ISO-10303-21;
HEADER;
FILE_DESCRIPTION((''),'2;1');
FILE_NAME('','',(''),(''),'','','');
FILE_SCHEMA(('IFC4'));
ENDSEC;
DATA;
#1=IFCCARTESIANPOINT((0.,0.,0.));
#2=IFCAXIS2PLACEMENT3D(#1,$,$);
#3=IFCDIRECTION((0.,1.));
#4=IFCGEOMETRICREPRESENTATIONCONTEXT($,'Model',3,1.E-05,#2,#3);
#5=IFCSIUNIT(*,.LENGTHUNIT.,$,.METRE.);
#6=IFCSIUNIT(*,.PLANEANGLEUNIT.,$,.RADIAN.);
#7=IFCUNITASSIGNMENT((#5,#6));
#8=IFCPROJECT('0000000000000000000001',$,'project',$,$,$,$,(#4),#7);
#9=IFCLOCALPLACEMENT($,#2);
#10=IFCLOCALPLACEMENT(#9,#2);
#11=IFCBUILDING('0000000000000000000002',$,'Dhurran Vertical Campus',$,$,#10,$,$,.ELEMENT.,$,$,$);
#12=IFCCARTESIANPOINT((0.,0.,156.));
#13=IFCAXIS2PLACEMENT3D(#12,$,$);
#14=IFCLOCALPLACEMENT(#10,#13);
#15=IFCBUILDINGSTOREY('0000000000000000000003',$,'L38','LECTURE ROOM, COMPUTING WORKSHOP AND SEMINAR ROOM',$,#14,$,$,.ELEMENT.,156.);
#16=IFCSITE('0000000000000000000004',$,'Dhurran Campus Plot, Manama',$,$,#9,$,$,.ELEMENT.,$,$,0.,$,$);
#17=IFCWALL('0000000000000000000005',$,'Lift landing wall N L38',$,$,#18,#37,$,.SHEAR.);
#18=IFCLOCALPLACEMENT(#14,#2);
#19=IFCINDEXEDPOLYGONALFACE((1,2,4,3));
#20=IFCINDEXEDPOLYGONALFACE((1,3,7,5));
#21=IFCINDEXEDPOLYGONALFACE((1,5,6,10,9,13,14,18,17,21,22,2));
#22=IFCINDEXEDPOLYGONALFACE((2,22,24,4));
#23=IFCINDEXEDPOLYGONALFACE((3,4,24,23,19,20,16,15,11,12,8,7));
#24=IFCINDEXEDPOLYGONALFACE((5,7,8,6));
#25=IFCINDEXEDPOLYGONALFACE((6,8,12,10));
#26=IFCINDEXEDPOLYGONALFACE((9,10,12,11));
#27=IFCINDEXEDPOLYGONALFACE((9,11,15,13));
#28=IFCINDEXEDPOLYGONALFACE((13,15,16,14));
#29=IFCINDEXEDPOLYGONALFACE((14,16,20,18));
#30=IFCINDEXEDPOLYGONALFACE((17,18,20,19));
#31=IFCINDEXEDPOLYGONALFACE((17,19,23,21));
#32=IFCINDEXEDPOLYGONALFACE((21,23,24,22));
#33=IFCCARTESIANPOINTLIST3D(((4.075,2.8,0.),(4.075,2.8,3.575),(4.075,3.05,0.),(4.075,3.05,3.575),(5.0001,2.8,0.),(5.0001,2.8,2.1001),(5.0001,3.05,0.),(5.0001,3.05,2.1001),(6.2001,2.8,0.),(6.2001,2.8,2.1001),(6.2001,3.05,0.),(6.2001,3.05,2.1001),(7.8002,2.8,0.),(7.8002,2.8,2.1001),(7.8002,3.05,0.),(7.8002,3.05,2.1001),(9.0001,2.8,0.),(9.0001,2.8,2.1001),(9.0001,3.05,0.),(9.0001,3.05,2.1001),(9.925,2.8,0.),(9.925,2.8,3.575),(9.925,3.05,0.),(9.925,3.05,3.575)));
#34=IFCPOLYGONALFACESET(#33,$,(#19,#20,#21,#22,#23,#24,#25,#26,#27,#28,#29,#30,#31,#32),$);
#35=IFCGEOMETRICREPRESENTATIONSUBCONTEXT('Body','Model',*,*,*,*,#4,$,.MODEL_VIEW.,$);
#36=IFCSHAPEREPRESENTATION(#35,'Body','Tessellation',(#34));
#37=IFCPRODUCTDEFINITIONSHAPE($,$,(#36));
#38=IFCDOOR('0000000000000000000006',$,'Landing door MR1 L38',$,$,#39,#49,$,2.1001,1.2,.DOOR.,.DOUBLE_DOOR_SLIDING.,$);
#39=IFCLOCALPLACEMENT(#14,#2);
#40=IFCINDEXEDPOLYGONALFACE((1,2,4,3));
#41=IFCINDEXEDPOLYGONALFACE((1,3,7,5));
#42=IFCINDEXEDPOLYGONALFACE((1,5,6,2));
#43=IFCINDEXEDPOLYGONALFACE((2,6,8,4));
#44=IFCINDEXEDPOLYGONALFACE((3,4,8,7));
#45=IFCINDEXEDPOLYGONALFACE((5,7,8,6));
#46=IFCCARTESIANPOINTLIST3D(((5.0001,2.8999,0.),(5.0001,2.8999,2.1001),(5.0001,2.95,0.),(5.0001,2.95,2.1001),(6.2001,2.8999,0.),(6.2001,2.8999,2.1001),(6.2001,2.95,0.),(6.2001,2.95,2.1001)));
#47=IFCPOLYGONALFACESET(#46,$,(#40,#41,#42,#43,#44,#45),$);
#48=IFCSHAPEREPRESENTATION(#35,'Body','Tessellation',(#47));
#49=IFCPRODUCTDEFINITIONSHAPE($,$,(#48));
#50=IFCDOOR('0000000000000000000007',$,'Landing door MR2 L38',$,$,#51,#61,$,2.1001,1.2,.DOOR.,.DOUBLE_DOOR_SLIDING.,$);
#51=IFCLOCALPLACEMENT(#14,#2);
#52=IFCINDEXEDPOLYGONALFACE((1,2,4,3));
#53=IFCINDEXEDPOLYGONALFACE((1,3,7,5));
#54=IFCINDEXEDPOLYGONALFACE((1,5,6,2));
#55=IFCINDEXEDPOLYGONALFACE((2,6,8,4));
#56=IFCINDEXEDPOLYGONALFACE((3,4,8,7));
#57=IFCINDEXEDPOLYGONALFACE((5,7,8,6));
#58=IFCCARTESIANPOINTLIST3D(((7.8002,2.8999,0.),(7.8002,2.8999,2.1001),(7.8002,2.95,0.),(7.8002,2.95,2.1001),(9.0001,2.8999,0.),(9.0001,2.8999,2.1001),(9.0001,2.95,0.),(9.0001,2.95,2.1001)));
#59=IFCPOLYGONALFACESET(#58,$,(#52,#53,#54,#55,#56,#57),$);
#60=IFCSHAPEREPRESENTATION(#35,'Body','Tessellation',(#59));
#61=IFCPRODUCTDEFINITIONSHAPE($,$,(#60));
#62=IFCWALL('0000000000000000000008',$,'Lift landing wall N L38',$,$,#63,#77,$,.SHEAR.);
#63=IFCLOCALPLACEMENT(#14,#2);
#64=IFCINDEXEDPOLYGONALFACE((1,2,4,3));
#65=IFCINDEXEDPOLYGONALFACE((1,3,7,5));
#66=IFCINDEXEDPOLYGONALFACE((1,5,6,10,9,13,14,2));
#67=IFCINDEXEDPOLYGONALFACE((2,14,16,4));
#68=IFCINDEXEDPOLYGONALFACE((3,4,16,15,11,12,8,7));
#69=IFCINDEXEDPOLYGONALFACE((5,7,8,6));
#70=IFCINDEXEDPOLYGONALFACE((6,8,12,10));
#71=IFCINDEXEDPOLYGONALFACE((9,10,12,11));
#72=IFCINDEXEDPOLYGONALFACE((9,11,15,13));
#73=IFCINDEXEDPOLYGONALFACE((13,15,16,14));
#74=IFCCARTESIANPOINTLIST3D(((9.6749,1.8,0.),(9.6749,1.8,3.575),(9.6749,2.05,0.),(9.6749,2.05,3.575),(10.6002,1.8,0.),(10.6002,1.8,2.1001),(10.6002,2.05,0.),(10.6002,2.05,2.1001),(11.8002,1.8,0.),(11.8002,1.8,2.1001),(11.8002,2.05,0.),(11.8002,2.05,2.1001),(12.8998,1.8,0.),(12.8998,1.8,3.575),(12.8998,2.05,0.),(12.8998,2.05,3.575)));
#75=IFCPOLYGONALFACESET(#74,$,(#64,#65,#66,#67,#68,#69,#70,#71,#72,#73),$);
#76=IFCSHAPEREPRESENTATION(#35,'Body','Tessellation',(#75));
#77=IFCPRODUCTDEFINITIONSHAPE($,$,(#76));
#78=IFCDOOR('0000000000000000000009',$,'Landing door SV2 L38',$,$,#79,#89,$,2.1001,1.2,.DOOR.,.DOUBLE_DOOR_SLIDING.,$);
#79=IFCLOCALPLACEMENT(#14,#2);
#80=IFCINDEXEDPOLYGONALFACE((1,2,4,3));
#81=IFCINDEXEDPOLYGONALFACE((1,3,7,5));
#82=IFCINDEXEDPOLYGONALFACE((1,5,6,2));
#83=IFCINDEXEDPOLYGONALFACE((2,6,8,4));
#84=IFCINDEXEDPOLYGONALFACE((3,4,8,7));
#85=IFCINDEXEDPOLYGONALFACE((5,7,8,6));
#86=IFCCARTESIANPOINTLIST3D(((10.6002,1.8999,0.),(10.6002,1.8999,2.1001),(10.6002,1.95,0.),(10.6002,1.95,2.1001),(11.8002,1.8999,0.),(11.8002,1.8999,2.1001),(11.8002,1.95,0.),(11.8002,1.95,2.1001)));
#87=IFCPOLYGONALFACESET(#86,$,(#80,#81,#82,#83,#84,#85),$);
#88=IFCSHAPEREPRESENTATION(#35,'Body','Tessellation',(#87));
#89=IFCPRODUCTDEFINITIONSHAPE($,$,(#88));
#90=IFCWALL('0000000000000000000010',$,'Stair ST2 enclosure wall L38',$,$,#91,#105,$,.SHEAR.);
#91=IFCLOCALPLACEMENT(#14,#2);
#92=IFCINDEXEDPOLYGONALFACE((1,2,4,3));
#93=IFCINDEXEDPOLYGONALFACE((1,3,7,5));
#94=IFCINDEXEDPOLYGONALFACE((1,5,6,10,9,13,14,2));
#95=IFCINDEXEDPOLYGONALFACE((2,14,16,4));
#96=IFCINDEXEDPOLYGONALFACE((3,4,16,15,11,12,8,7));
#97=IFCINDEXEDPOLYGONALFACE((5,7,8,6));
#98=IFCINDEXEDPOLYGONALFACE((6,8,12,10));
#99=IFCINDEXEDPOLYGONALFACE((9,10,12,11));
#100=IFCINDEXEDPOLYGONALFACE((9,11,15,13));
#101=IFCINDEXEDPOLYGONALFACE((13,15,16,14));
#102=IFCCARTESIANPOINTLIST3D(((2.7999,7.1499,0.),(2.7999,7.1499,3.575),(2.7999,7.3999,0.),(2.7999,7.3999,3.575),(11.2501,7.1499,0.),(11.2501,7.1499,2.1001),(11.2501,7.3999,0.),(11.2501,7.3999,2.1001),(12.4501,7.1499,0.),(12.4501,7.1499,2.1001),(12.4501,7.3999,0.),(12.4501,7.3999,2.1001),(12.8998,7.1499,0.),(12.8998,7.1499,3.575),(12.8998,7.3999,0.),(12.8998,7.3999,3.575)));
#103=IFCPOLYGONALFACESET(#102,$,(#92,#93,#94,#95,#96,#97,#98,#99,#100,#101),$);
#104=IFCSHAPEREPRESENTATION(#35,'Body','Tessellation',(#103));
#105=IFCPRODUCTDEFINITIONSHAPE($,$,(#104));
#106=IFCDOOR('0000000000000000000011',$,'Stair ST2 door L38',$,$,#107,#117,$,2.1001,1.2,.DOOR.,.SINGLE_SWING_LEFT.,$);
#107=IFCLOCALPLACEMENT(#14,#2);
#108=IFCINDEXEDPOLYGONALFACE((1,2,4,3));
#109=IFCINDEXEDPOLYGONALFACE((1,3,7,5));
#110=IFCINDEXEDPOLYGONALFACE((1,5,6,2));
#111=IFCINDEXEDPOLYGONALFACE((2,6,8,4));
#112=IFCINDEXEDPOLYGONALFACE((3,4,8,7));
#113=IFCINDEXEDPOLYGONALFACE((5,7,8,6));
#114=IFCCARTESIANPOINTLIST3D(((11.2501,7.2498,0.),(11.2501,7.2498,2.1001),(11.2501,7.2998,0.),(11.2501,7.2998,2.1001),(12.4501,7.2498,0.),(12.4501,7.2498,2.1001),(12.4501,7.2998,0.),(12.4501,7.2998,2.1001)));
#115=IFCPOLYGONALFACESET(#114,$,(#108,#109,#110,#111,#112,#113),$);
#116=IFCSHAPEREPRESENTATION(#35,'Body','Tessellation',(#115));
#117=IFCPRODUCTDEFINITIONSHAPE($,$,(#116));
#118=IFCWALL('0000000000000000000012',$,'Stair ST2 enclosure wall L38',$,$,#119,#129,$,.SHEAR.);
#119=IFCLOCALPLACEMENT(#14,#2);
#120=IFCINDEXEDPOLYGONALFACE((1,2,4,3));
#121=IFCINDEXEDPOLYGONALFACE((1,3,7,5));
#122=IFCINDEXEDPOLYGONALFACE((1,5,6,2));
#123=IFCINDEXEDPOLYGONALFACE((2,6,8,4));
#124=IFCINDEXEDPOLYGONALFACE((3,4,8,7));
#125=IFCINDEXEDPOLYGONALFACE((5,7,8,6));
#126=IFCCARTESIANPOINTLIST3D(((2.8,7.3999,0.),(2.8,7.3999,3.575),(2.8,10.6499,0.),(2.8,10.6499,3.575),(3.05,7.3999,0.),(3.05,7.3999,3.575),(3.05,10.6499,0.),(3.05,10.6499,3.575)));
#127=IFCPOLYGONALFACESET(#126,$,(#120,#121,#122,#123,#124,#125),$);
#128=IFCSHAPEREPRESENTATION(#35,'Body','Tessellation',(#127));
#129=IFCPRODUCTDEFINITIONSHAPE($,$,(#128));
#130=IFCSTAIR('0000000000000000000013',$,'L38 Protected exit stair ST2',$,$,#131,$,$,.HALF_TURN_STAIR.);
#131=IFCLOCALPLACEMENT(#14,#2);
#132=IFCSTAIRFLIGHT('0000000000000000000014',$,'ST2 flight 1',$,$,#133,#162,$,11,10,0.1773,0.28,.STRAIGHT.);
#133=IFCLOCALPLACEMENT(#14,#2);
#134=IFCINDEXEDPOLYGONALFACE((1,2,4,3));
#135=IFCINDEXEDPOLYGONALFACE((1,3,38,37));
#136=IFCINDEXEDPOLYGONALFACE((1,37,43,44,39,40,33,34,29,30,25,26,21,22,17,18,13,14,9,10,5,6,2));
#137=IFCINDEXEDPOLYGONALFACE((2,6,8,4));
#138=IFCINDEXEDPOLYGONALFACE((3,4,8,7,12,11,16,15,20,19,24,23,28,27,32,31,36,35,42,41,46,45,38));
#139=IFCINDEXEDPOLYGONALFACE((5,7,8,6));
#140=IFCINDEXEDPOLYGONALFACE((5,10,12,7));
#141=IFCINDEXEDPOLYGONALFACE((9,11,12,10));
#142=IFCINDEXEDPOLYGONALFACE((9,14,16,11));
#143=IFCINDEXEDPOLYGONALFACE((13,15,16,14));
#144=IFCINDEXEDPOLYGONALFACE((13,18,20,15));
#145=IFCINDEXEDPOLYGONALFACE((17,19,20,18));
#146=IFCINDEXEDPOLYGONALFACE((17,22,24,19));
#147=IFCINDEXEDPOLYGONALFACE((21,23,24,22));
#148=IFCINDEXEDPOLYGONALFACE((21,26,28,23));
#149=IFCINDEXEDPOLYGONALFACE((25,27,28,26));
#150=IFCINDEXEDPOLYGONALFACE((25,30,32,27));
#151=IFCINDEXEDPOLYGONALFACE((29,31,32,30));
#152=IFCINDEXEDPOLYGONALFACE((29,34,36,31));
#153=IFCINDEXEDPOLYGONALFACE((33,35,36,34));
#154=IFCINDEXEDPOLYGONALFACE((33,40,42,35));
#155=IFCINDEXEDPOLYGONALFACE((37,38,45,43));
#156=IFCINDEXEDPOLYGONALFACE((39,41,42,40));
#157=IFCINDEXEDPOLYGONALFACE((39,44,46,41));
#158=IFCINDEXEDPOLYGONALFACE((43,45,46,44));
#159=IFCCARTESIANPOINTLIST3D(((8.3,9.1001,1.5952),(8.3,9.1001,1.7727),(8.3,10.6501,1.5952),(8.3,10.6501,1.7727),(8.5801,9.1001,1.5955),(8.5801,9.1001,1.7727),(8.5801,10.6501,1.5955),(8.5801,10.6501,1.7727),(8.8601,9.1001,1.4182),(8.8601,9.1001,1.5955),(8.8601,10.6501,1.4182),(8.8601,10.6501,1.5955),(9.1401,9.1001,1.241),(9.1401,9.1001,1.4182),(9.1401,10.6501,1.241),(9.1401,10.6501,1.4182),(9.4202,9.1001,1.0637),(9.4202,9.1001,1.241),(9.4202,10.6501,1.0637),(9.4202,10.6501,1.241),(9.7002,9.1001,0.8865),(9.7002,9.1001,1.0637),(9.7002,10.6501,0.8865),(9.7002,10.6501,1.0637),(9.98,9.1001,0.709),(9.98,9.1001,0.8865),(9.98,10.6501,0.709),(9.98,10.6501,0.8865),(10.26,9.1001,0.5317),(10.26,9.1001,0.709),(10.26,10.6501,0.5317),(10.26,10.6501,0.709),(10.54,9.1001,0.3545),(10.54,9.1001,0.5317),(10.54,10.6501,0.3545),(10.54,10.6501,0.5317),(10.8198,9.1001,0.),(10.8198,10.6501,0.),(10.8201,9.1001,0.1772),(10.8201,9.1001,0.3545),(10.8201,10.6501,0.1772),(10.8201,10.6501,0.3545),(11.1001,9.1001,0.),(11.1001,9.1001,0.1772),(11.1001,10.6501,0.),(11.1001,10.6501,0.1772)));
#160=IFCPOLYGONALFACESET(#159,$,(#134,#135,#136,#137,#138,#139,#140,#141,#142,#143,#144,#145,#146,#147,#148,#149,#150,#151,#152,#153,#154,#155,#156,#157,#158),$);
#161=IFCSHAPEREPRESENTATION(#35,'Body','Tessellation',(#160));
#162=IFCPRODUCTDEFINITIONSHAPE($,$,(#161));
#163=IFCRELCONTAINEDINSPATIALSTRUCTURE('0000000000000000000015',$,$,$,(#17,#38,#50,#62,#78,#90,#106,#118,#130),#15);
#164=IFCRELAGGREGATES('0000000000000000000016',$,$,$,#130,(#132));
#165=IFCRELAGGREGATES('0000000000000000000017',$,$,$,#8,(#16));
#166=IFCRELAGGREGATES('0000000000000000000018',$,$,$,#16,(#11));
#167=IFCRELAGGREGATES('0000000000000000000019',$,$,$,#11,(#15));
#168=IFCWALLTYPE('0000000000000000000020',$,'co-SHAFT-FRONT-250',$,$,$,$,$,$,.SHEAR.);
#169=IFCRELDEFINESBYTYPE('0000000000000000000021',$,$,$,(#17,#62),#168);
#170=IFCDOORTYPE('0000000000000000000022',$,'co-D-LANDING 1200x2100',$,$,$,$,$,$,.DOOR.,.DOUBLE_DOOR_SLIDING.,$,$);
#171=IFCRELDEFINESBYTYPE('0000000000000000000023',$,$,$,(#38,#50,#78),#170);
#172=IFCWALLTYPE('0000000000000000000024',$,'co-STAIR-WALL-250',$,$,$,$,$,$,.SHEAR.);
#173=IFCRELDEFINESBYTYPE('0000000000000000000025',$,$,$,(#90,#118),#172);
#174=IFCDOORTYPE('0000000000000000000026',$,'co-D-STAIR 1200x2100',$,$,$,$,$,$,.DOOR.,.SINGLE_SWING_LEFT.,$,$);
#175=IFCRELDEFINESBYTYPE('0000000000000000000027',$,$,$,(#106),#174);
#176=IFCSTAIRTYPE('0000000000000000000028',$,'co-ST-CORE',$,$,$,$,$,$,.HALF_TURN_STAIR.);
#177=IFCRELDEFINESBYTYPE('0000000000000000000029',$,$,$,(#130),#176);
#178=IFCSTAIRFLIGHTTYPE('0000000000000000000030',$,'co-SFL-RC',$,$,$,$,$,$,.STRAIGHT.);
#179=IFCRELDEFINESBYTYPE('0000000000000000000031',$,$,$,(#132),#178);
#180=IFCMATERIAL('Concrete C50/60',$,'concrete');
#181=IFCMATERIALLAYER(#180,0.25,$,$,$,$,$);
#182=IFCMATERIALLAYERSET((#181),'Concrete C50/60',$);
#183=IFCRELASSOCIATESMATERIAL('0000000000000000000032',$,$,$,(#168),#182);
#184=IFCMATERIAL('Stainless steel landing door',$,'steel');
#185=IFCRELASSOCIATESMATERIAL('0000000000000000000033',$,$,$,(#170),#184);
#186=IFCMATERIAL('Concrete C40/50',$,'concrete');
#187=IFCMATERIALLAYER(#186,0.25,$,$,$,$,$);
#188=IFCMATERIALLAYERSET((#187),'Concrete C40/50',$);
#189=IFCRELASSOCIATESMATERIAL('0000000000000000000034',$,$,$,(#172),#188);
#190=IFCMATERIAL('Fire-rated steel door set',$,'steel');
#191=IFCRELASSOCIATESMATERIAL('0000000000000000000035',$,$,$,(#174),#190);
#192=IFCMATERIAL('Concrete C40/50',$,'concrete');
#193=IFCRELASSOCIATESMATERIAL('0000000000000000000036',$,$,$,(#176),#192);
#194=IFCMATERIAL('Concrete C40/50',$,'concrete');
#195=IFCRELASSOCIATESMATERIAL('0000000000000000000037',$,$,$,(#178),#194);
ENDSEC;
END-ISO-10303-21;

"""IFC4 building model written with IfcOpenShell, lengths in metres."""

from ifc_helpers import new_model, si_unit, direction, frame, frame_2d, origin, place, context, subcontext, project, spatial, polyline, rectangle, outline, extrude, material, layer, layer_set, type_object, element, fill, aggregate, save


model = new_model("IFC4")

# Units and contexts
model_context = context("Model", 3, precision=1e-05, world=origin(), true_north=direction((0.0, 1.0)))
body_context = subcontext(model_context, "Body", "Model", "MODEL_VIEW")
ifc_project = project(units=[si_unit("LENGTHUNIT", "METRE"), si_unit("PLANEANGLEUNIT", "RADIAN")], contexts=[model_context])

# Site, building, storey
site_placement = place(None, origin())
site = spatial("IfcSite", under=ifc_project, at=site_placement, Name="Dhurran Campus Plot, Manama", CompositionType="ELEMENT", RefElevation=0.0)
building_placement = place(site_placement, origin())
building = spatial("IfcBuilding", under=site, at=building_placement, Name="Dhurran Vertical Campus", CompositionType="ELEMENT")
storey_placement = place(building_placement, frame((0.0, 0.0, 156.0)))
storey = spatial("IfcBuildingStorey", under=building, at=storey_placement, Name="L38", Description="LECTURE ROOM, COMPUTING WORKSHOP AND SEMINAR ROOM", CompositionType="ELEMENT", Elevation=156.0)

# Wall, openings, doors
ifc_material_1 = material(Name="Concrete C50/60", Category="concrete")
ifc_layer_1 = layer(ifc_material_1, 0.25)
ifc_layer_set_1 = layer_set([ifc_layer_1], Name="Concrete C50/60")
wall_type_1 = type_object("IfcWallType", Name="co-SHAFT-FRONT-250", PredefinedType="SHEAR", material=ifc_layer_set_1)
wall_1_placement = place(storey_placement, frame((4.075, 2.925, 0.0), z_axis=(0.0, 0.0, 1.0), x_axis=(1.0, 0.0, 0.0)))
wall_1 = element("IfcWall", 1, at=wall_1_placement, inside=storey, type_object=wall_type_1, Name="Lift landing wall N L38", PredefinedType="SHEAR", context=body_context, shape_type="SweptSolid", body=[
    extrude(rectangle(XDim=5.8501, YDim=0.25, at=frame_2d((2.925, 0.0))), origin(), (0.0, 0.0, 1.0), 3.575),
])
opening_1_placement = place(wall_1_placement, frame((0.925, 0.0, 0.0)))
opening_1 = element("IfcOpeningElement", 2, at=opening_1_placement, cuts=wall_1, PredefinedType="OPENING", context=body_context, shape_type="SweptSolid", body=[
    extrude(rectangle(XDim=1.2, YDim=2.1001, at=frame_2d((0.6001, 1.05))), frame((0.0, 0.135, 0.0), z_axis=(0.0, -1.0, 0.0), x_axis=(1.0, 0.0, 0.0)), (0.0, 0.0, 1.0), 0.27),
])
opening_2_placement = place(wall_1_placement, frame((3.7251, 0.0, 0.0)))
opening_2 = element("IfcOpeningElement", 3, at=opening_2_placement, cuts=wall_1, PredefinedType="OPENING", context=body_context, shape_type="SweptSolid", body=[
    extrude(rectangle(XDim=1.2, YDim=2.1001, at=frame_2d((0.6001, 1.05))), frame((0.0, 0.135, 0.0), z_axis=(0.0, -1.0, 0.0), x_axis=(1.0, 0.0, 0.0)), (0.0, 0.0, 1.0), 0.27),
])
ifc_material_2 = material(Name="Stainless steel landing door", Category="steel")
door_type_1 = type_object("IfcDoorType", Name="co-D-LANDING 1200x2100", OperationType="DOUBLE_DOOR_SLIDING", PredefinedType="DOOR", material=ifc_material_2)
door_1_placement = place(opening_1_placement, origin())
door_1 = element("IfcDoor", 4, at=door_1_placement, inside=storey, type_object=door_type_1, Name="Landing door MR1 L38", OperationType="DOUBLE_DOOR_SLIDING", OverallHeight=2.1001, OverallWidth=1.2, PredefinedType="DOOR", context=body_context, shape_type="SweptSolid", body=[
    extrude(rectangle(XDim=1.2, YDim=2.1001, at=frame_2d((0.6001, 1.05))), frame((0.0, 0.0249, 0.0), z_axis=(0.0, -1.0, 0.0), x_axis=(1.0, 0.0, 0.0)), (0.0, 0.0, 1.0), 0.05),
])
fill(opening_1, door_1)
door_2_placement = place(opening_2_placement, origin())
door_2 = element("IfcDoor", 5, at=door_2_placement, inside=storey, type_object=door_type_1, Name="Landing door MR2 L38", OperationType="DOUBLE_DOOR_SLIDING", OverallHeight=2.1001, OverallWidth=1.2, PredefinedType="DOOR", context=body_context, shape_type="SweptSolid", body=[
    extrude(rectangle(XDim=1.2, YDim=2.1001, at=frame_2d((0.6001, 1.05))), frame((0.0, 0.0249, 0.0), z_axis=(0.0, -1.0, 0.0), x_axis=(1.0, 0.0, 0.0)), (0.0, 0.0, 1.0), 0.05),
])
fill(opening_2, door_2)

# Walls, openings, doors
wall_2_placement = place(storey_placement, frame((9.675, 1.925, 0.0), z_axis=(0.0, 0.0, 1.0), x_axis=(1.0, 0.0, 0.0)))
wall_2 = element("IfcWall", 6, at=wall_2_placement, inside=storey, type_object=wall_type_1, Name="Lift landing wall N L38", PredefinedType="SHEAR", context=body_context, shape_type="SweptSolid", body=[
    extrude(rectangle(XDim=3.2249, YDim=0.25, at=frame_2d((1.6123, 0.0))), origin(), (0.0, 0.0, 1.0), 3.575),
])
opening_3_placement = place(wall_2_placement, frame((0.925, 0.0, 0.0)))
opening_3 = element("IfcOpeningElement", 7, at=opening_3_placement, cuts=wall_2, PredefinedType="OPENING", context=body_context, shape_type="SweptSolid", body=[
    extrude(rectangle(XDim=1.2, YDim=2.1001, at=frame_2d((0.6001, 1.05))), frame((0.0, 0.135, 0.0), z_axis=(0.0, -1.0, 0.0), x_axis=(1.0, 0.0, 0.0)), (0.0, 0.0, 1.0), 0.27),
])
door_3_placement = place(opening_3_placement, origin())
door_3 = element("IfcDoor", 8, at=door_3_placement, inside=storey, type_object=door_type_1, Name="Landing door SV2 L38", OperationType="DOUBLE_DOOR_SLIDING", OverallHeight=2.1001, OverallWidth=1.2, PredefinedType="DOOR", context=body_context, shape_type="SweptSolid", body=[
    extrude(rectangle(XDim=1.2, YDim=2.1001, at=frame_2d((0.6001, 1.05))), frame((0.0, 0.0249, 0.0), z_axis=(0.0, -1.0, 0.0), x_axis=(1.0, 0.0, 0.0)), (0.0, 0.0, 1.0), 0.05),
])
fill(opening_3, door_3)
ifc_material_3 = material(Name="Concrete C40/50", Category="concrete")
ifc_layer_2 = layer(ifc_material_3, 0.25)
ifc_layer_set_2 = layer_set([ifc_layer_2], Name="Concrete C40/50")
wall_type_2 = type_object("IfcWallType", Name="co-STAIR-WALL-250", PredefinedType="SHEAR", material=ifc_layer_set_2)
wall_3_placement = place(storey_placement, frame((2.8, 7.2749, 0.0), z_axis=(0.0, 0.0, 1.0), x_axis=(1.0, 0.0, 0.0)))
wall_3 = element("IfcWall", 9, at=wall_3_placement, inside=storey, type_object=wall_type_2, Name="Stair ST2 enclosure wall L38", PredefinedType="SHEAR", context=body_context, shape_type="SweptSolid", body=[
    extrude(rectangle(XDim=10.0999, YDim=0.25, at=frame_2d((5.0498, 0.0))), origin(), (0.0, 0.0, 1.0), 3.575),
])
opening_4_placement = place(wall_3_placement, frame((8.45, 0.0, 0.0)))
opening_4 = element("IfcOpeningElement", 10, at=opening_4_placement, cuts=wall_3, PredefinedType="OPENING", context=body_context, shape_type="SweptSolid", body=[
    extrude(rectangle(XDim=1.2, YDim=2.1001, at=frame_2d((0.6001, 1.05))), frame((0.0, 0.135, 0.0), z_axis=(0.0, -1.0, 0.0), x_axis=(1.0, 0.0, 0.0)), (0.0, 0.0, 1.0), 0.27),
])
ifc_material_4 = material(Name="Fire-rated steel door set", Category="steel")
door_type_2 = type_object("IfcDoorType", Name="co-D-STAIR 1200x2100", OperationType="SINGLE_SWING_LEFT", PredefinedType="DOOR", material=ifc_material_4)
door_4_placement = place(opening_4_placement, origin())
door_4 = element("IfcDoor", 11, at=door_4_placement, inside=storey, type_object=door_type_2, Name="Stair ST2 door L38", OperationType="SINGLE_SWING_LEFT", OverallHeight=2.1001, OverallWidth=1.2, PredefinedType="DOOR", context=body_context, shape_type="SweptSolid", body=[
    extrude(rectangle(XDim=1.2, YDim=2.1001, at=frame_2d((0.6001, 1.05))), frame((0.0, 0.0249, 0.0), z_axis=(0.0, -1.0, 0.0), x_axis=(1.0, 0.0, 0.0)), (0.0, 0.0, 1.0), 0.05),
])
fill(opening_4, door_4)

# Wall
wall_4_placement = place(storey_placement, frame((2.925, 7.3999, 0.0), z_axis=(0.0, 0.0, 1.0), x_axis=(0.0, 1.0, 0.0)))
element("IfcWall", 12, at=wall_4_placement, inside=storey, type_object=wall_type_2, Name="Stair ST2 enclosure wall L38", PredefinedType="SHEAR", context=body_context, shape_type="SweptSolid", body=[
    extrude(rectangle(XDim=3.25, YDim=0.25, at=frame_2d((1.625, 0.0))), origin(), (0.0, 0.0, 1.0), 3.575),
])

# Stair, stair flight
ifc_material_5 = material(Name="Concrete C40/50", Category="concrete")
stair_type = type_object("IfcStairType", Name="co-ST-CORE", PredefinedType="HALF_TURN_STAIR", material=ifc_material_5)
stair_placement = place(storey_placement, origin())
stair = element("IfcStair", 13, at=stair_placement, inside=storey, type_object=stair_type, Name="L38 Protected exit stair ST2", PredefinedType="HALF_TURN_STAIR")
ifc_material_6 = material(Name="Concrete C40/50", Category="concrete")
stair_flight_type = type_object("IfcStairFlightType", Name="co-SFL-RC", PredefinedType="STRAIGHT", material=ifc_material_6)
stair_flight_1_placement = place(storey_placement, frame((11.1001, 9.875, 0.0), z_axis=(0.0, 0.0, 1.0), x_axis=(-1.0, 0.0, 0.0)))
stair_flight_1 = element("IfcStairFlight", 14, at=stair_flight_1_placement, type_object=stair_flight_type, Name="ST2 flight 1", NumberOfRisers=11, NumberOfTreads=10, PredefinedType="STRAIGHT", RiserHeight=0.1773, TreadLength=0.28, context=body_context, shape_type="SweptSolid", body=[
    extrude(outline(polyline([(0.0, 0.0), (0.0, 0.1772), (0.28, 0.1772), (0.28, 0.3545), (0.5601, 0.3545), (0.5601, 0.5317), (0.8401, 0.5317), (0.8401, 0.709), (1.1201, 0.709), (1.1201, 0.8865), (1.3999, 0.8865), (1.3999, 1.0637), (1.6799, 1.0637), (1.6799, 1.241), (1.96, 1.241), (1.96, 1.4182), (2.24, 1.4182), (2.24, 1.5955), (2.52, 1.5955), (2.52, 1.7727), (2.8, 1.7727), (2.8, 1.95), (2.8, 1.5952), (0.2803, 0.0), (0.0, 0.0)])), frame((0.0, 0.7749, 0.0), z_axis=(0.0, -1.0, 0.0), x_axis=(1.0, 0.0, 0.0)), (0.0, 0.0, 1.0), 1.55),
])
aggregate(stair, [stair_flight_1])

save(model, "model.ifc")
